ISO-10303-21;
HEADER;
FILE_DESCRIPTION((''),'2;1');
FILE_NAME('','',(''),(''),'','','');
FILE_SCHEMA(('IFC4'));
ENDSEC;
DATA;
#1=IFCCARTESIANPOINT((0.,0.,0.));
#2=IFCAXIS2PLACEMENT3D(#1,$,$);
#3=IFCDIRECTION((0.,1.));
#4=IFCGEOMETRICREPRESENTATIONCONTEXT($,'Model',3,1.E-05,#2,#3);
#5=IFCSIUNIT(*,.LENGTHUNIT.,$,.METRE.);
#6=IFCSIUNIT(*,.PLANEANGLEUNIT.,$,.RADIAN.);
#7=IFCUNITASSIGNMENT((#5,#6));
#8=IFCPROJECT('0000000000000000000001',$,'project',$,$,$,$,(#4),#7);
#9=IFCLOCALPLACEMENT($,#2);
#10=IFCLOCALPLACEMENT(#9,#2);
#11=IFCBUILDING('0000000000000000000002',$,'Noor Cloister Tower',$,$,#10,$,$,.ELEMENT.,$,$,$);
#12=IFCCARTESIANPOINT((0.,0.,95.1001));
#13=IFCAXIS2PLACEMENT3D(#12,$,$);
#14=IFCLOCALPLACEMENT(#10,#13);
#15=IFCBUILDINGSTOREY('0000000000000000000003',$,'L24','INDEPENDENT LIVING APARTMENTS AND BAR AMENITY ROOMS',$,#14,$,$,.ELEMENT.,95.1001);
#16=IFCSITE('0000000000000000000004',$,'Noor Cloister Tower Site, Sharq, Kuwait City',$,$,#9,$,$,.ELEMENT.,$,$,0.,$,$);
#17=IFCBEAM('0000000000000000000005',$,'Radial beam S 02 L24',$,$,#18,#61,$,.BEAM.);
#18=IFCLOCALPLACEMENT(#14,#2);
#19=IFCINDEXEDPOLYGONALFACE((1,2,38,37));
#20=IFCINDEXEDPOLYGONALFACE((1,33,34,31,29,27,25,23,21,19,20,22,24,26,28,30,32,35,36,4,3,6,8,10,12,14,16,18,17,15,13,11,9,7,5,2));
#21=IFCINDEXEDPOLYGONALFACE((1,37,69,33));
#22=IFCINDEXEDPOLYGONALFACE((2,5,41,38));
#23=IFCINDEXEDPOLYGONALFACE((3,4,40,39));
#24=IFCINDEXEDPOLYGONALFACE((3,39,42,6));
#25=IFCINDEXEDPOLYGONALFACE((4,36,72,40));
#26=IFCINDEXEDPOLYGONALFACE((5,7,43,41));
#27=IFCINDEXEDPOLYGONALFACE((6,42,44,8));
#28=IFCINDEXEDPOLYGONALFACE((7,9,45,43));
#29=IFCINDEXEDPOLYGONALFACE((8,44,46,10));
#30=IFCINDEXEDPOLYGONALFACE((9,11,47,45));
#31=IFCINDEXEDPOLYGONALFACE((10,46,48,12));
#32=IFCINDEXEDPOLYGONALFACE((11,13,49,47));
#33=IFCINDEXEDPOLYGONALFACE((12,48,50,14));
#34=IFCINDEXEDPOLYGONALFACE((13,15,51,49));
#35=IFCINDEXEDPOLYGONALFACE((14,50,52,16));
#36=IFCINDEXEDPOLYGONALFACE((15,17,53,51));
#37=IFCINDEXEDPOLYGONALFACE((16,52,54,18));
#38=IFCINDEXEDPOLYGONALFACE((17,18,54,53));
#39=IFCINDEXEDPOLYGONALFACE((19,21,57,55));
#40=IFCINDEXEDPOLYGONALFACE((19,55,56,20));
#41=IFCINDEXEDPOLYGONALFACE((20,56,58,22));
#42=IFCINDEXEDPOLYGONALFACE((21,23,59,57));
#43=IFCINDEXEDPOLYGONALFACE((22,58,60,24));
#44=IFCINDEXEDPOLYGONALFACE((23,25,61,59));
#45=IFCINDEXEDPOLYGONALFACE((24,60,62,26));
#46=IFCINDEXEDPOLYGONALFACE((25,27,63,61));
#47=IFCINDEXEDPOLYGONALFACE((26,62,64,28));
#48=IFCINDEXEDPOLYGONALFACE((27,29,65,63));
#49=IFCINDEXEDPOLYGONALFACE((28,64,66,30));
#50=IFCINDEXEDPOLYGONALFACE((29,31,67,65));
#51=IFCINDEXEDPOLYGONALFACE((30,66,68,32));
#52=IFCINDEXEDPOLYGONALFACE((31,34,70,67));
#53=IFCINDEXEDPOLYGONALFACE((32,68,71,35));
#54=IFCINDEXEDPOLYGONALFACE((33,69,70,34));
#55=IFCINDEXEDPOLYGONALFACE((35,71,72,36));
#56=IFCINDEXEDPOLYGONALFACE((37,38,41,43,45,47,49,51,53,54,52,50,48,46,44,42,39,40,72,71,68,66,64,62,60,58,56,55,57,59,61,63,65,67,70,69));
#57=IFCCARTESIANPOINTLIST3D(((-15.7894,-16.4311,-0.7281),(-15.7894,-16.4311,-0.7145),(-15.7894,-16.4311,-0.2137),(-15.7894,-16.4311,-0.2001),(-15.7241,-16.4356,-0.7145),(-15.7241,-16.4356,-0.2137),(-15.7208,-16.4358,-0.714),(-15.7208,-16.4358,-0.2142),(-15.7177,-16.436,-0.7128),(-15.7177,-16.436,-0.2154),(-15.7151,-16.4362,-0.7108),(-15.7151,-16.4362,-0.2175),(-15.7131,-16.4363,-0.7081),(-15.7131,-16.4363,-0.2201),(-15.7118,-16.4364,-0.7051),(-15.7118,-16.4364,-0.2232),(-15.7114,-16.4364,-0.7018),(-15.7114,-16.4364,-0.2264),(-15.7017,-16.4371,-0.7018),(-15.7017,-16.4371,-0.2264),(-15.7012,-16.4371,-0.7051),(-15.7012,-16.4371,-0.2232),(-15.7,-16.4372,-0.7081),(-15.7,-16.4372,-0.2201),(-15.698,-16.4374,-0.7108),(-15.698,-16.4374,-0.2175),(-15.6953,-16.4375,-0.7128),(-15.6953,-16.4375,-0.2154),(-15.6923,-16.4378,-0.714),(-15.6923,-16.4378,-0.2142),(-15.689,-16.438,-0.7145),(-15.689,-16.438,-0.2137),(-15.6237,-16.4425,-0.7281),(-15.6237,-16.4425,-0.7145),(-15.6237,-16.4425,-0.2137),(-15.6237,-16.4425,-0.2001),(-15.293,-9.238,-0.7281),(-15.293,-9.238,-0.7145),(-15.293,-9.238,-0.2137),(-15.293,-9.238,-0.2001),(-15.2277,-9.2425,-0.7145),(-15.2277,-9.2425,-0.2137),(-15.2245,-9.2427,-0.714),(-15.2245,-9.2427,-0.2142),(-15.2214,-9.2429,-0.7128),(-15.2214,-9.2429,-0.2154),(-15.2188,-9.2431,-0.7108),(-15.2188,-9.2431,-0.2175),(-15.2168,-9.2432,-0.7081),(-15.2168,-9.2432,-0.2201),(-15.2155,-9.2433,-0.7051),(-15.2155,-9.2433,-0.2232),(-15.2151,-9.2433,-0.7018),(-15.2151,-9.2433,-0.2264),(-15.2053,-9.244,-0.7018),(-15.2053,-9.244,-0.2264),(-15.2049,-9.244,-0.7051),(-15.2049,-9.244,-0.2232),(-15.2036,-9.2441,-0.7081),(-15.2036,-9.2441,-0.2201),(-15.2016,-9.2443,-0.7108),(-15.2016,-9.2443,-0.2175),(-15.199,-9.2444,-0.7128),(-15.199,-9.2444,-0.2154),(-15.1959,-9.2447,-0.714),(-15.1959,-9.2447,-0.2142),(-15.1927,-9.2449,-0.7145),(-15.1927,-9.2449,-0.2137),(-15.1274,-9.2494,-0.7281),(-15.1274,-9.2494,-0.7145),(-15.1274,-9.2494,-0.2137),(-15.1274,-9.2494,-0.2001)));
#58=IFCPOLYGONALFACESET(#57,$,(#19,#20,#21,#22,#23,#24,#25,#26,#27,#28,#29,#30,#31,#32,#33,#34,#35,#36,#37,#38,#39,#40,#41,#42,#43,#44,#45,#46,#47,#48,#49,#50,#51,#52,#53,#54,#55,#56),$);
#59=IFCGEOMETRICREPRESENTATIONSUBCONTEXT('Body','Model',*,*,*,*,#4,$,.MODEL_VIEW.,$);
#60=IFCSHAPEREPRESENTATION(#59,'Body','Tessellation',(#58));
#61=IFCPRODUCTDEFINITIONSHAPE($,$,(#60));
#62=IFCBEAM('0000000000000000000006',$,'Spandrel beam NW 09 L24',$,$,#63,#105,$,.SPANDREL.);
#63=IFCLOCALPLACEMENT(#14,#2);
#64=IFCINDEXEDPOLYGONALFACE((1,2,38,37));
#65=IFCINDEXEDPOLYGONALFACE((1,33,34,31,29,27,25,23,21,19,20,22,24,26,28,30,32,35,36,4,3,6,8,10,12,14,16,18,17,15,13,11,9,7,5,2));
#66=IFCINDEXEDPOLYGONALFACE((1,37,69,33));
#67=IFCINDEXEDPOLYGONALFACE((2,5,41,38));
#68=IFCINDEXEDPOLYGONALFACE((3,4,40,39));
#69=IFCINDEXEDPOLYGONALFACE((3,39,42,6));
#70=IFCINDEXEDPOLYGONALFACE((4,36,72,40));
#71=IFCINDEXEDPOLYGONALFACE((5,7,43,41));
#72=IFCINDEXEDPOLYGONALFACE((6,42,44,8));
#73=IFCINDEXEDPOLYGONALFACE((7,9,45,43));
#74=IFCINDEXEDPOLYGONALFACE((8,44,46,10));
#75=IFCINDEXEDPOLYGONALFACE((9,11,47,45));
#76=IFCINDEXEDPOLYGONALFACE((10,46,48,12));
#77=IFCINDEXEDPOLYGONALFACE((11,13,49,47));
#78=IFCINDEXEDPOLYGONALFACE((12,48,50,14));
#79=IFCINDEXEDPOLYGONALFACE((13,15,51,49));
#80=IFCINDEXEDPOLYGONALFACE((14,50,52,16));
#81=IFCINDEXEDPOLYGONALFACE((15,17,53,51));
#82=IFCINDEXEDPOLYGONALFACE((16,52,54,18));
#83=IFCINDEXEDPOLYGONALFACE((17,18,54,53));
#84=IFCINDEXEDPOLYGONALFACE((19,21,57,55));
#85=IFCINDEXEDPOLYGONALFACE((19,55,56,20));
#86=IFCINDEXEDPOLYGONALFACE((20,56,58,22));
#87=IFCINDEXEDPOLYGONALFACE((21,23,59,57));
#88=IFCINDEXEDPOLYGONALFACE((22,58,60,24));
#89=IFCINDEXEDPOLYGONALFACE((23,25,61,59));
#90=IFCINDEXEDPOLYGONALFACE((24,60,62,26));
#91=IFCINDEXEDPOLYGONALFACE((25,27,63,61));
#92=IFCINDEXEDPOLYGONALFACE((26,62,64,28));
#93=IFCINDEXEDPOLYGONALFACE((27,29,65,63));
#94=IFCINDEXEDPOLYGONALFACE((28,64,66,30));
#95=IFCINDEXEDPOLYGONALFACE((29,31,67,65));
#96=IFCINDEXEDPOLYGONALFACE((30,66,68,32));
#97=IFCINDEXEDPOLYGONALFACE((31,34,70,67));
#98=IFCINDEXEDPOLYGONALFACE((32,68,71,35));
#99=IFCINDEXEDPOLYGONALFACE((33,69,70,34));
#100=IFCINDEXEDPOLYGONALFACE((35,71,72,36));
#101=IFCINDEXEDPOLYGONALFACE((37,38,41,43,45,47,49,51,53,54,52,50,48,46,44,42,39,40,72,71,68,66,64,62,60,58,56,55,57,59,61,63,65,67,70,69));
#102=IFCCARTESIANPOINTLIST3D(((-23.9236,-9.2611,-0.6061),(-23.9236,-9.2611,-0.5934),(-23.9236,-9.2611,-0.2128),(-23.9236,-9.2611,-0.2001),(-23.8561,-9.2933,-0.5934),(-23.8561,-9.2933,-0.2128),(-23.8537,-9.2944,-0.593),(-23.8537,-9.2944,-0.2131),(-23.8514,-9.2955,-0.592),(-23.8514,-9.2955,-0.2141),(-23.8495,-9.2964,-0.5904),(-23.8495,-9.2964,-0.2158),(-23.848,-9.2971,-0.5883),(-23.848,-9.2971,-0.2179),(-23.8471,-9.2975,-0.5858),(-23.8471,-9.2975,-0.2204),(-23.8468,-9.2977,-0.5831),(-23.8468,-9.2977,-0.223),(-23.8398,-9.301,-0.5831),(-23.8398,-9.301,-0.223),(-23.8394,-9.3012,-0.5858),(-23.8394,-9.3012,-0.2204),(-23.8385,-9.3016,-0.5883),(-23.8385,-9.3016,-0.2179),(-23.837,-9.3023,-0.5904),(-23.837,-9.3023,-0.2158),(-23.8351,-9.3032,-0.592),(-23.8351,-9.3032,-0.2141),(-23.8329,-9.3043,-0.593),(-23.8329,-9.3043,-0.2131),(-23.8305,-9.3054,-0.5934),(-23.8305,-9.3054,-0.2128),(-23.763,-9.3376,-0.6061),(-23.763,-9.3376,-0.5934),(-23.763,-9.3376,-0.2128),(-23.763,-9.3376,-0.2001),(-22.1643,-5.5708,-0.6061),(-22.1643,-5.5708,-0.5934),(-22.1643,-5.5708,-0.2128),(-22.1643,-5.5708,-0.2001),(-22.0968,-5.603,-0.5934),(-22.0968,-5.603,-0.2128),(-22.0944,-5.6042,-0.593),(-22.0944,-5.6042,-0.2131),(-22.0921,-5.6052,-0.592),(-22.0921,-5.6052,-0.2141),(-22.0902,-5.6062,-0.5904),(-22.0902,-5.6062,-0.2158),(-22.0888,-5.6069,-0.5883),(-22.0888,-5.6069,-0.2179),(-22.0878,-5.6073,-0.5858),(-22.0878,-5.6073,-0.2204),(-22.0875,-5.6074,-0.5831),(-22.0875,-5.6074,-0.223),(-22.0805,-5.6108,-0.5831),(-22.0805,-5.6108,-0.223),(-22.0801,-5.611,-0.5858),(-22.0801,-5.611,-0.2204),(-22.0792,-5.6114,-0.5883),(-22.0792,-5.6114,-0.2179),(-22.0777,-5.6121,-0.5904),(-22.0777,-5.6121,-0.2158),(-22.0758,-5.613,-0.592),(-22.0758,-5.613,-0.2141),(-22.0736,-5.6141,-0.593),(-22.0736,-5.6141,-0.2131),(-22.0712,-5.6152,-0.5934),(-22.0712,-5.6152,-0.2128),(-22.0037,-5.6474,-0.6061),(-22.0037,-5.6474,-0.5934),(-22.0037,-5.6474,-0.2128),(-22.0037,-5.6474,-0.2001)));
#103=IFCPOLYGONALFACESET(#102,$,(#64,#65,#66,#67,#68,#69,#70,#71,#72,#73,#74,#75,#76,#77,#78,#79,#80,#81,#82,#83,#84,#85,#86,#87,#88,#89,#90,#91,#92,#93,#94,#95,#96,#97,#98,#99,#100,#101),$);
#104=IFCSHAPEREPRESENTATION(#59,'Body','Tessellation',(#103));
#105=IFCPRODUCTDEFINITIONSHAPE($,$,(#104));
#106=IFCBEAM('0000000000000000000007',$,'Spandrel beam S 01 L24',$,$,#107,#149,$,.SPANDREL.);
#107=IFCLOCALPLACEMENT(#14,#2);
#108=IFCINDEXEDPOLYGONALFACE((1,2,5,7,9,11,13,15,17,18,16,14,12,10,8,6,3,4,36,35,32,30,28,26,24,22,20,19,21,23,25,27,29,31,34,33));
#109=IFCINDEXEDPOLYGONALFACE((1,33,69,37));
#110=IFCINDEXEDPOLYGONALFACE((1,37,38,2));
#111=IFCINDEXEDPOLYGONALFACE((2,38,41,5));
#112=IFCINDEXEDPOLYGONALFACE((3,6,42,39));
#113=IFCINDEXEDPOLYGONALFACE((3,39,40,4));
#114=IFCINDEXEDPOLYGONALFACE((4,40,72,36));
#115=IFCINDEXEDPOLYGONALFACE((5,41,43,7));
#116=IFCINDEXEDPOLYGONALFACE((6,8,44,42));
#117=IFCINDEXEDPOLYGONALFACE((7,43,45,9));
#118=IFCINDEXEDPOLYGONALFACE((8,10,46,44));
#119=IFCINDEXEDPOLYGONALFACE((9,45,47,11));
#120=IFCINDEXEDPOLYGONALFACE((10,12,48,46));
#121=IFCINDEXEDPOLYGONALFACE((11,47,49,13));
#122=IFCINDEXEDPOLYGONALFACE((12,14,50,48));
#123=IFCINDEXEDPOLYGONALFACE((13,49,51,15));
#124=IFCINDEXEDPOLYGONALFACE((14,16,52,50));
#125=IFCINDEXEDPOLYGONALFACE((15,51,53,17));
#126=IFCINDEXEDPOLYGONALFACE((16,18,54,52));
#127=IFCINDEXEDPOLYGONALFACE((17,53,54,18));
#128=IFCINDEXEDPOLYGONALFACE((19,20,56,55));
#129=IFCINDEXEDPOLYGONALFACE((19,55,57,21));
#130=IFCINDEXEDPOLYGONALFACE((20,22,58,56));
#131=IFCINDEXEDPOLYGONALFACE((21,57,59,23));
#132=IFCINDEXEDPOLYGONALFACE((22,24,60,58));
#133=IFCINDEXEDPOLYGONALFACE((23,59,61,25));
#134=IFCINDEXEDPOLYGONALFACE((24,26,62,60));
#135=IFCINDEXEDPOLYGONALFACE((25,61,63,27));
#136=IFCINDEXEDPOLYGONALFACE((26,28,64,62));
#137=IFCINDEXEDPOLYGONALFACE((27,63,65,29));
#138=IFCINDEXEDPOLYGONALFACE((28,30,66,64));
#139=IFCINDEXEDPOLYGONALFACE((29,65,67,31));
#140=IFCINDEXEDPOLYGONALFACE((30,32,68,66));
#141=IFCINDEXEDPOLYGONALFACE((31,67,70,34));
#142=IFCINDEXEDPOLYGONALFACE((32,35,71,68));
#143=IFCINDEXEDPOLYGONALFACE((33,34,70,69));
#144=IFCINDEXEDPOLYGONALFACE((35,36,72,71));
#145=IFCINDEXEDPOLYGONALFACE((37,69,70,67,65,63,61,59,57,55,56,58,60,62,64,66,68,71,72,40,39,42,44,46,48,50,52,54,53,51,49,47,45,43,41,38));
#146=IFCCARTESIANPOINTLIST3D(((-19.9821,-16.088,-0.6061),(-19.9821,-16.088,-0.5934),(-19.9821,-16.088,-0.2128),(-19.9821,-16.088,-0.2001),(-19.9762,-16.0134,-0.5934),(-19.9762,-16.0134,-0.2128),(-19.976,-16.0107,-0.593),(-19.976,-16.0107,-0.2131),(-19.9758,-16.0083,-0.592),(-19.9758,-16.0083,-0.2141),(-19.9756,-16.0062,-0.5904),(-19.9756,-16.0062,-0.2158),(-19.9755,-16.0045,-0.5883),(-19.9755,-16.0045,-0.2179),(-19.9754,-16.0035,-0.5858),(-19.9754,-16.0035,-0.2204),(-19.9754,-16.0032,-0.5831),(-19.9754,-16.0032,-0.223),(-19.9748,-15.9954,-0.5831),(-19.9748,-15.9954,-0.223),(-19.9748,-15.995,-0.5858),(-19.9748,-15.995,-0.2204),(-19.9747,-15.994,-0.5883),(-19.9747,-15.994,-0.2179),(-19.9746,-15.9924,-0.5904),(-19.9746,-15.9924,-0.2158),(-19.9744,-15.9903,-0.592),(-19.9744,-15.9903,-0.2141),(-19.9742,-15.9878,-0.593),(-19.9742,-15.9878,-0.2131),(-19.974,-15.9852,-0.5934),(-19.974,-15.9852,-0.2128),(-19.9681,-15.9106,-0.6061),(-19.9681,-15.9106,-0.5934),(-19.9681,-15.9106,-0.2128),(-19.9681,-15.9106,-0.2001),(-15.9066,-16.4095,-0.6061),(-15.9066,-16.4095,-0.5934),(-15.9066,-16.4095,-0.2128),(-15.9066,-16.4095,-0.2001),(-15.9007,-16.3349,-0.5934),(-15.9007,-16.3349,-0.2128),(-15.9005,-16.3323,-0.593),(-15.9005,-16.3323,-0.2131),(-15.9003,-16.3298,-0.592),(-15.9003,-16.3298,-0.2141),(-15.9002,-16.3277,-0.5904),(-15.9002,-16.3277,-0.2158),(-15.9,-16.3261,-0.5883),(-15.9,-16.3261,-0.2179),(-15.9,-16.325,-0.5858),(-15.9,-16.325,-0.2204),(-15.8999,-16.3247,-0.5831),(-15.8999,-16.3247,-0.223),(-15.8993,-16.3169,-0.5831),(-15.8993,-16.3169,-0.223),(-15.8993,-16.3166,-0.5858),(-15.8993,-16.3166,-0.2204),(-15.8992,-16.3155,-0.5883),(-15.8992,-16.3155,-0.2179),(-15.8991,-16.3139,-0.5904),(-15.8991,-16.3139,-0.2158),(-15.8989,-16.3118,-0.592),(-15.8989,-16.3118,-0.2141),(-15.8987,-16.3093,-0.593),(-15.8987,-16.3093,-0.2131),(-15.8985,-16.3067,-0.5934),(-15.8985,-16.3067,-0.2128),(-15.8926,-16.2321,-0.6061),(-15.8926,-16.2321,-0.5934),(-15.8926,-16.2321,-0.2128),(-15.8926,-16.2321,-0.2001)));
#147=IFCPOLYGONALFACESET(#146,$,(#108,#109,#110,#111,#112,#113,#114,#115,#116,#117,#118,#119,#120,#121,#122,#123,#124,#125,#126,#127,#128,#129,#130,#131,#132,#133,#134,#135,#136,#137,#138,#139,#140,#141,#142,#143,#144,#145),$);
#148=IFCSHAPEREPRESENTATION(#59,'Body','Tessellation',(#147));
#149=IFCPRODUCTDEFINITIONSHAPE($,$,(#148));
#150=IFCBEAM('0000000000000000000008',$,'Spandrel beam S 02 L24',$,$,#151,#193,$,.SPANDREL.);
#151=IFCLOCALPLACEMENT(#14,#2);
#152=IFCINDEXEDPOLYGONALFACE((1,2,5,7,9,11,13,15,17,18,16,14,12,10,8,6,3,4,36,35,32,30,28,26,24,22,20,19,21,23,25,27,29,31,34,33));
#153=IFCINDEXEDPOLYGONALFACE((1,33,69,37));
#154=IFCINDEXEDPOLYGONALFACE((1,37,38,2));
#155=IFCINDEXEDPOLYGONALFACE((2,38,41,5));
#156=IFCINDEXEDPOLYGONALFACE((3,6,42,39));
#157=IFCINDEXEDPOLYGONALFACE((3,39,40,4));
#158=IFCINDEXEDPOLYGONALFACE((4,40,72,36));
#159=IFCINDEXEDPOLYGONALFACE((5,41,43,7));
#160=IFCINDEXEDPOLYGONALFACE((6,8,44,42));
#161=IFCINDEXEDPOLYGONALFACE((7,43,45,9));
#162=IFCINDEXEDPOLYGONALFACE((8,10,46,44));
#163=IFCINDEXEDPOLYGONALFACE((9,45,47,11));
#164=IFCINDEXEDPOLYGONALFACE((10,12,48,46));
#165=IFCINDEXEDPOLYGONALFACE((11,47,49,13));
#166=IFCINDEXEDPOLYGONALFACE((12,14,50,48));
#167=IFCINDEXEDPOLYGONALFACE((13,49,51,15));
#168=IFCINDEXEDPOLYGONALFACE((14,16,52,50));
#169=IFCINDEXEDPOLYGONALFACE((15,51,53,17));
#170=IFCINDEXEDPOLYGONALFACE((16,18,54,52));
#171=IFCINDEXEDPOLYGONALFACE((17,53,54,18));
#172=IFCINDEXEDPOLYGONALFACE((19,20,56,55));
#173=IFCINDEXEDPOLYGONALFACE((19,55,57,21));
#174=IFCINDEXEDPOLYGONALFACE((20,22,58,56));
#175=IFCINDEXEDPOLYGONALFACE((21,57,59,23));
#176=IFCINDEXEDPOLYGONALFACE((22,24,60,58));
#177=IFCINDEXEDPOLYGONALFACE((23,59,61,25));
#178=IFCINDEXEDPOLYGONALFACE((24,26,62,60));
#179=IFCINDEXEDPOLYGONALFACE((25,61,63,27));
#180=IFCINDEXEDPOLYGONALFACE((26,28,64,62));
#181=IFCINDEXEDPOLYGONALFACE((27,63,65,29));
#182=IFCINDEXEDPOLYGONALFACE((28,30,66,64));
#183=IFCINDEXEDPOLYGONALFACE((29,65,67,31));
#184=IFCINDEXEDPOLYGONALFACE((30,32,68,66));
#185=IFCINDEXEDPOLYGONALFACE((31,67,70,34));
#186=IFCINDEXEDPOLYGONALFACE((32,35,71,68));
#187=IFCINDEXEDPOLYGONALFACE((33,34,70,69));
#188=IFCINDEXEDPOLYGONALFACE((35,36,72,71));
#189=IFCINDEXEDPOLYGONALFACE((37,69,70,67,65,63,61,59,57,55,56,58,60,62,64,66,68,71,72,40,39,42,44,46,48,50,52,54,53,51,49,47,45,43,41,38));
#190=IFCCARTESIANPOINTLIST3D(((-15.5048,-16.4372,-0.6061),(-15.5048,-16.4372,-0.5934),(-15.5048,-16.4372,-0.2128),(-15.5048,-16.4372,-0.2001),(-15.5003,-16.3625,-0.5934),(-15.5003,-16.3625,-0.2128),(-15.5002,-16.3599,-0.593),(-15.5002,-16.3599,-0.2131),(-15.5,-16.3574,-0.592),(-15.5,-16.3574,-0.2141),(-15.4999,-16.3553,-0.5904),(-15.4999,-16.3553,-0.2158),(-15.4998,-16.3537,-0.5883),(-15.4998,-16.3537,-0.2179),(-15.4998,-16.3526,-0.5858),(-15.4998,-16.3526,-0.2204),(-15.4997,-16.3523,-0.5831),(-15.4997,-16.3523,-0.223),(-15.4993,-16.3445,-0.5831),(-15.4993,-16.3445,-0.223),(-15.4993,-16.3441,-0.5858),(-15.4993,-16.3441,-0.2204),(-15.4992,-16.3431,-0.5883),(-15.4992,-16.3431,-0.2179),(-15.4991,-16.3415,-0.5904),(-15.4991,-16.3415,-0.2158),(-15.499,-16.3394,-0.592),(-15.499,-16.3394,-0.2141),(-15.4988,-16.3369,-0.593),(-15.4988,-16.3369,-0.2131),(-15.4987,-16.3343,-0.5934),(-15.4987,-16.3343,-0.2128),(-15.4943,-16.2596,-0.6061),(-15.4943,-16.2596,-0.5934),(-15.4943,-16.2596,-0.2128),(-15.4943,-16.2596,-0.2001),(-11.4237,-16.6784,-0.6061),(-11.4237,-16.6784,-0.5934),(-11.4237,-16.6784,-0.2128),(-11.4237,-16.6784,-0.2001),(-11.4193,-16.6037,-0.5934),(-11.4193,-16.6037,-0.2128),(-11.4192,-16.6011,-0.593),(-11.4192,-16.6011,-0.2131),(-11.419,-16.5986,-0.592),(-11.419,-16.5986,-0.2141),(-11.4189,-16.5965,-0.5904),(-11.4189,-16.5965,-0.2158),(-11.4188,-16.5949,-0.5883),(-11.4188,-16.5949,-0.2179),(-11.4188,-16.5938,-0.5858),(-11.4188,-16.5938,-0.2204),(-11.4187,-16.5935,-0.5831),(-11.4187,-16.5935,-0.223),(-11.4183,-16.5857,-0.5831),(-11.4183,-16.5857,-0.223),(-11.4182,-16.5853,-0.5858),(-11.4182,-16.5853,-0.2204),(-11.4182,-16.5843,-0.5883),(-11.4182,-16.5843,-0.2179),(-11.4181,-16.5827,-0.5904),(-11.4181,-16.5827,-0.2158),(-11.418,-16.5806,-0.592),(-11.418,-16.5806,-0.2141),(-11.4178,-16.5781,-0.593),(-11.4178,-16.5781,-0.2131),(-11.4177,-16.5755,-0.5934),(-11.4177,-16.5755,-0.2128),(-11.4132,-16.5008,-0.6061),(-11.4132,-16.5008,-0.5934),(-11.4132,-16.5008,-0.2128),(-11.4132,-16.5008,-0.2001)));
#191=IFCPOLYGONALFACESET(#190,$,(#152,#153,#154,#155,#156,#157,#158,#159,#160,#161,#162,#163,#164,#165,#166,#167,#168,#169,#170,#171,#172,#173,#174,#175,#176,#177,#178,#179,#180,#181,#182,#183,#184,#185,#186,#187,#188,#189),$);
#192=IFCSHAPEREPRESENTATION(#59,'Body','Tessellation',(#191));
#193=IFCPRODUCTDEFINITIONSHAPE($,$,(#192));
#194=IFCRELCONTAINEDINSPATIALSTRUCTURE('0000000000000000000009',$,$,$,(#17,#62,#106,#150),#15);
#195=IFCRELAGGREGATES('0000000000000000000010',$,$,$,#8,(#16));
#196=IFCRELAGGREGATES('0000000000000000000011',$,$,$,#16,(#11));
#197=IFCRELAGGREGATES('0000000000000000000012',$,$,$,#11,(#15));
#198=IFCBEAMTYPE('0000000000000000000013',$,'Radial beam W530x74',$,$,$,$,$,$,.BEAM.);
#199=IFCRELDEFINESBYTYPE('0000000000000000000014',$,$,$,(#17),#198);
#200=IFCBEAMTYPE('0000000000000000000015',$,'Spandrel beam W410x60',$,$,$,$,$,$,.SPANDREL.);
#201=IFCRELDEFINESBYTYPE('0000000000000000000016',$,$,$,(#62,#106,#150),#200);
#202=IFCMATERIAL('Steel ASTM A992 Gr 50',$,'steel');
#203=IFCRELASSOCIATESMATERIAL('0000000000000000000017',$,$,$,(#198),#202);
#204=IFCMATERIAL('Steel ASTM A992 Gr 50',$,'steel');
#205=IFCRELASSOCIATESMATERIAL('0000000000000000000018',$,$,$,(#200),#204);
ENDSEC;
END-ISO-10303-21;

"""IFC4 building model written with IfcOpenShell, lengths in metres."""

from ifc_helpers import new_model, si_unit, direction, frame, origin, origin_2d, place, context, subcontext, project, spatial, i_section, extrude, material, material_profile, profile_set, type_object, element, save


model = new_model("IFC4")

# Units and contexts
model_context = context("Model", 3, precision=1e-05, world=origin(), true_north=direction((0.0, 1.0)))
body_context = subcontext(model_context, "Body", "Model", "MODEL_VIEW")
ifc_project = project(units=[si_unit("LENGTHUNIT", "METRE"), si_unit("PLANEANGLEUNIT", "RADIAN")], contexts=[model_context])

# Site, building, storey
site_placement = place(None, origin())
site = spatial("IfcSite", under=ifc_project, at=site_placement, Name="Noor Cloister Tower Site, Sharq, Kuwait City", CompositionType="ELEMENT", RefElevation=0.0)
building_placement = place(site_placement, origin())
building = spatial("IfcBuilding", under=site, at=building_placement, Name="Noor Cloister Tower", CompositionType="ELEMENT")
storey_placement = place(building_placement, frame((0.0, 0.0, 95.1001)))
storey = spatial("IfcBuildingStorey", under=building, at=storey_placement, Name="L24", Description="INDEPENDENT LIVING APARTMENTS AND BAR AMENITY ROOMS", CompositionType="ELEMENT", Elevation=95.1001)

# Beams
ifc_material_1 = material(Name="Steel ASTM A992 Gr 50", Category="steel")
ifc_material_profile_1 = material_profile(ifc_material_1, i_section(OverallWidth=0.166, OverallDepth=0.5281, WebThickness=0.0098, FlangeThickness=0.0137, FilletRadius=0.0127, at=origin_2d()), Name="W530x74")
ifc_profile_set_1 = profile_set([ifc_material_profile_1], Name="Steel ASTM A992 Gr 50")
beam_type_1 = type_object("IfcBeamType", Name="Radial beam W530x74", PredefinedType="BEAM", material=ifc_profile_set_1)
beam_1_placement = place(storey_placement, frame((-15.7065, -16.4368, -0.4641), z_axis=(0.068838, 0.997628, 0.0), x_axis=(-0.997628, 0.068838, 0.0)))
element("IfcBeam", 1, at=beam_1_placement, inside=storey, type_object=beam_type_1, Name="Radial beam S 02 L24", PredefinedType="BEAM", context=body_context, shape_type="SweptSolid", body=[
    extrude(i_section(OverallWidth=0.166, OverallDepth=0.5281, WebThickness=0.0098, FlangeThickness=0.0137, FilletRadius=0.0127, at=origin_2d()), origin(), (0.0, 0.0, 1.0), 7.2102),
])
ifc_material_2 = material(Name="Steel ASTM A992 Gr 50", Category="steel")
ifc_material_profile_2 = material_profile(ifc_material_2, i_section(OverallWidth=0.178, OverallDepth=0.406, WebThickness=0.0078, FlangeThickness=0.0127, FilletRadius=0.0103, at=origin_2d()), Name="W410x60")
ifc_profile_set_2 = profile_set([ifc_material_profile_2], Name="Steel ASTM A992 Gr 50")
beam_type_2 = type_object("IfcBeamType", Name="Spandrel beam W410x60", PredefinedType="SPANDREL", material=ifc_profile_set_2)
for number, where, z_axis, x_axis, name in (
    (2, (-22.084, -5.6091, -0.4031), (-0.430342, -0.902666, 0.0), (0.902666, -0.430342, 0.0), "Spandrel beam NW 09 L24"),
    (3, (-19.9751, -15.9993, -0.4031), (0.996902, -0.078651, 0.0), (0.078651, 0.996902, 0.0), "Spandrel beam S 01 L24"),
    (4, (-15.4995, -16.3484, -0.4031), (0.998258, -0.059002, 0.0), (0.059002, 0.998258, 0.0), "Spandrel beam S 02 L24"),
):
    element("IfcBeam", number, at=place(storey_placement, frame(where, z_axis=z_axis, x_axis=x_axis)), inside=storey, type_object=beam_type_2, Name=name, PredefinedType="SPANDREL", context=body_context, shape_type="SweptSolid", body=[
        extrude(i_section(OverallWidth=0.178, OverallDepth=0.406, WebThickness=0.0078, FlangeThickness=0.0127, FilletRadius=0.0103, at=origin_2d()), origin(), (0.0, 0.0, 1.0), 4.0881),
    ])

save(model, "model.ifc")
